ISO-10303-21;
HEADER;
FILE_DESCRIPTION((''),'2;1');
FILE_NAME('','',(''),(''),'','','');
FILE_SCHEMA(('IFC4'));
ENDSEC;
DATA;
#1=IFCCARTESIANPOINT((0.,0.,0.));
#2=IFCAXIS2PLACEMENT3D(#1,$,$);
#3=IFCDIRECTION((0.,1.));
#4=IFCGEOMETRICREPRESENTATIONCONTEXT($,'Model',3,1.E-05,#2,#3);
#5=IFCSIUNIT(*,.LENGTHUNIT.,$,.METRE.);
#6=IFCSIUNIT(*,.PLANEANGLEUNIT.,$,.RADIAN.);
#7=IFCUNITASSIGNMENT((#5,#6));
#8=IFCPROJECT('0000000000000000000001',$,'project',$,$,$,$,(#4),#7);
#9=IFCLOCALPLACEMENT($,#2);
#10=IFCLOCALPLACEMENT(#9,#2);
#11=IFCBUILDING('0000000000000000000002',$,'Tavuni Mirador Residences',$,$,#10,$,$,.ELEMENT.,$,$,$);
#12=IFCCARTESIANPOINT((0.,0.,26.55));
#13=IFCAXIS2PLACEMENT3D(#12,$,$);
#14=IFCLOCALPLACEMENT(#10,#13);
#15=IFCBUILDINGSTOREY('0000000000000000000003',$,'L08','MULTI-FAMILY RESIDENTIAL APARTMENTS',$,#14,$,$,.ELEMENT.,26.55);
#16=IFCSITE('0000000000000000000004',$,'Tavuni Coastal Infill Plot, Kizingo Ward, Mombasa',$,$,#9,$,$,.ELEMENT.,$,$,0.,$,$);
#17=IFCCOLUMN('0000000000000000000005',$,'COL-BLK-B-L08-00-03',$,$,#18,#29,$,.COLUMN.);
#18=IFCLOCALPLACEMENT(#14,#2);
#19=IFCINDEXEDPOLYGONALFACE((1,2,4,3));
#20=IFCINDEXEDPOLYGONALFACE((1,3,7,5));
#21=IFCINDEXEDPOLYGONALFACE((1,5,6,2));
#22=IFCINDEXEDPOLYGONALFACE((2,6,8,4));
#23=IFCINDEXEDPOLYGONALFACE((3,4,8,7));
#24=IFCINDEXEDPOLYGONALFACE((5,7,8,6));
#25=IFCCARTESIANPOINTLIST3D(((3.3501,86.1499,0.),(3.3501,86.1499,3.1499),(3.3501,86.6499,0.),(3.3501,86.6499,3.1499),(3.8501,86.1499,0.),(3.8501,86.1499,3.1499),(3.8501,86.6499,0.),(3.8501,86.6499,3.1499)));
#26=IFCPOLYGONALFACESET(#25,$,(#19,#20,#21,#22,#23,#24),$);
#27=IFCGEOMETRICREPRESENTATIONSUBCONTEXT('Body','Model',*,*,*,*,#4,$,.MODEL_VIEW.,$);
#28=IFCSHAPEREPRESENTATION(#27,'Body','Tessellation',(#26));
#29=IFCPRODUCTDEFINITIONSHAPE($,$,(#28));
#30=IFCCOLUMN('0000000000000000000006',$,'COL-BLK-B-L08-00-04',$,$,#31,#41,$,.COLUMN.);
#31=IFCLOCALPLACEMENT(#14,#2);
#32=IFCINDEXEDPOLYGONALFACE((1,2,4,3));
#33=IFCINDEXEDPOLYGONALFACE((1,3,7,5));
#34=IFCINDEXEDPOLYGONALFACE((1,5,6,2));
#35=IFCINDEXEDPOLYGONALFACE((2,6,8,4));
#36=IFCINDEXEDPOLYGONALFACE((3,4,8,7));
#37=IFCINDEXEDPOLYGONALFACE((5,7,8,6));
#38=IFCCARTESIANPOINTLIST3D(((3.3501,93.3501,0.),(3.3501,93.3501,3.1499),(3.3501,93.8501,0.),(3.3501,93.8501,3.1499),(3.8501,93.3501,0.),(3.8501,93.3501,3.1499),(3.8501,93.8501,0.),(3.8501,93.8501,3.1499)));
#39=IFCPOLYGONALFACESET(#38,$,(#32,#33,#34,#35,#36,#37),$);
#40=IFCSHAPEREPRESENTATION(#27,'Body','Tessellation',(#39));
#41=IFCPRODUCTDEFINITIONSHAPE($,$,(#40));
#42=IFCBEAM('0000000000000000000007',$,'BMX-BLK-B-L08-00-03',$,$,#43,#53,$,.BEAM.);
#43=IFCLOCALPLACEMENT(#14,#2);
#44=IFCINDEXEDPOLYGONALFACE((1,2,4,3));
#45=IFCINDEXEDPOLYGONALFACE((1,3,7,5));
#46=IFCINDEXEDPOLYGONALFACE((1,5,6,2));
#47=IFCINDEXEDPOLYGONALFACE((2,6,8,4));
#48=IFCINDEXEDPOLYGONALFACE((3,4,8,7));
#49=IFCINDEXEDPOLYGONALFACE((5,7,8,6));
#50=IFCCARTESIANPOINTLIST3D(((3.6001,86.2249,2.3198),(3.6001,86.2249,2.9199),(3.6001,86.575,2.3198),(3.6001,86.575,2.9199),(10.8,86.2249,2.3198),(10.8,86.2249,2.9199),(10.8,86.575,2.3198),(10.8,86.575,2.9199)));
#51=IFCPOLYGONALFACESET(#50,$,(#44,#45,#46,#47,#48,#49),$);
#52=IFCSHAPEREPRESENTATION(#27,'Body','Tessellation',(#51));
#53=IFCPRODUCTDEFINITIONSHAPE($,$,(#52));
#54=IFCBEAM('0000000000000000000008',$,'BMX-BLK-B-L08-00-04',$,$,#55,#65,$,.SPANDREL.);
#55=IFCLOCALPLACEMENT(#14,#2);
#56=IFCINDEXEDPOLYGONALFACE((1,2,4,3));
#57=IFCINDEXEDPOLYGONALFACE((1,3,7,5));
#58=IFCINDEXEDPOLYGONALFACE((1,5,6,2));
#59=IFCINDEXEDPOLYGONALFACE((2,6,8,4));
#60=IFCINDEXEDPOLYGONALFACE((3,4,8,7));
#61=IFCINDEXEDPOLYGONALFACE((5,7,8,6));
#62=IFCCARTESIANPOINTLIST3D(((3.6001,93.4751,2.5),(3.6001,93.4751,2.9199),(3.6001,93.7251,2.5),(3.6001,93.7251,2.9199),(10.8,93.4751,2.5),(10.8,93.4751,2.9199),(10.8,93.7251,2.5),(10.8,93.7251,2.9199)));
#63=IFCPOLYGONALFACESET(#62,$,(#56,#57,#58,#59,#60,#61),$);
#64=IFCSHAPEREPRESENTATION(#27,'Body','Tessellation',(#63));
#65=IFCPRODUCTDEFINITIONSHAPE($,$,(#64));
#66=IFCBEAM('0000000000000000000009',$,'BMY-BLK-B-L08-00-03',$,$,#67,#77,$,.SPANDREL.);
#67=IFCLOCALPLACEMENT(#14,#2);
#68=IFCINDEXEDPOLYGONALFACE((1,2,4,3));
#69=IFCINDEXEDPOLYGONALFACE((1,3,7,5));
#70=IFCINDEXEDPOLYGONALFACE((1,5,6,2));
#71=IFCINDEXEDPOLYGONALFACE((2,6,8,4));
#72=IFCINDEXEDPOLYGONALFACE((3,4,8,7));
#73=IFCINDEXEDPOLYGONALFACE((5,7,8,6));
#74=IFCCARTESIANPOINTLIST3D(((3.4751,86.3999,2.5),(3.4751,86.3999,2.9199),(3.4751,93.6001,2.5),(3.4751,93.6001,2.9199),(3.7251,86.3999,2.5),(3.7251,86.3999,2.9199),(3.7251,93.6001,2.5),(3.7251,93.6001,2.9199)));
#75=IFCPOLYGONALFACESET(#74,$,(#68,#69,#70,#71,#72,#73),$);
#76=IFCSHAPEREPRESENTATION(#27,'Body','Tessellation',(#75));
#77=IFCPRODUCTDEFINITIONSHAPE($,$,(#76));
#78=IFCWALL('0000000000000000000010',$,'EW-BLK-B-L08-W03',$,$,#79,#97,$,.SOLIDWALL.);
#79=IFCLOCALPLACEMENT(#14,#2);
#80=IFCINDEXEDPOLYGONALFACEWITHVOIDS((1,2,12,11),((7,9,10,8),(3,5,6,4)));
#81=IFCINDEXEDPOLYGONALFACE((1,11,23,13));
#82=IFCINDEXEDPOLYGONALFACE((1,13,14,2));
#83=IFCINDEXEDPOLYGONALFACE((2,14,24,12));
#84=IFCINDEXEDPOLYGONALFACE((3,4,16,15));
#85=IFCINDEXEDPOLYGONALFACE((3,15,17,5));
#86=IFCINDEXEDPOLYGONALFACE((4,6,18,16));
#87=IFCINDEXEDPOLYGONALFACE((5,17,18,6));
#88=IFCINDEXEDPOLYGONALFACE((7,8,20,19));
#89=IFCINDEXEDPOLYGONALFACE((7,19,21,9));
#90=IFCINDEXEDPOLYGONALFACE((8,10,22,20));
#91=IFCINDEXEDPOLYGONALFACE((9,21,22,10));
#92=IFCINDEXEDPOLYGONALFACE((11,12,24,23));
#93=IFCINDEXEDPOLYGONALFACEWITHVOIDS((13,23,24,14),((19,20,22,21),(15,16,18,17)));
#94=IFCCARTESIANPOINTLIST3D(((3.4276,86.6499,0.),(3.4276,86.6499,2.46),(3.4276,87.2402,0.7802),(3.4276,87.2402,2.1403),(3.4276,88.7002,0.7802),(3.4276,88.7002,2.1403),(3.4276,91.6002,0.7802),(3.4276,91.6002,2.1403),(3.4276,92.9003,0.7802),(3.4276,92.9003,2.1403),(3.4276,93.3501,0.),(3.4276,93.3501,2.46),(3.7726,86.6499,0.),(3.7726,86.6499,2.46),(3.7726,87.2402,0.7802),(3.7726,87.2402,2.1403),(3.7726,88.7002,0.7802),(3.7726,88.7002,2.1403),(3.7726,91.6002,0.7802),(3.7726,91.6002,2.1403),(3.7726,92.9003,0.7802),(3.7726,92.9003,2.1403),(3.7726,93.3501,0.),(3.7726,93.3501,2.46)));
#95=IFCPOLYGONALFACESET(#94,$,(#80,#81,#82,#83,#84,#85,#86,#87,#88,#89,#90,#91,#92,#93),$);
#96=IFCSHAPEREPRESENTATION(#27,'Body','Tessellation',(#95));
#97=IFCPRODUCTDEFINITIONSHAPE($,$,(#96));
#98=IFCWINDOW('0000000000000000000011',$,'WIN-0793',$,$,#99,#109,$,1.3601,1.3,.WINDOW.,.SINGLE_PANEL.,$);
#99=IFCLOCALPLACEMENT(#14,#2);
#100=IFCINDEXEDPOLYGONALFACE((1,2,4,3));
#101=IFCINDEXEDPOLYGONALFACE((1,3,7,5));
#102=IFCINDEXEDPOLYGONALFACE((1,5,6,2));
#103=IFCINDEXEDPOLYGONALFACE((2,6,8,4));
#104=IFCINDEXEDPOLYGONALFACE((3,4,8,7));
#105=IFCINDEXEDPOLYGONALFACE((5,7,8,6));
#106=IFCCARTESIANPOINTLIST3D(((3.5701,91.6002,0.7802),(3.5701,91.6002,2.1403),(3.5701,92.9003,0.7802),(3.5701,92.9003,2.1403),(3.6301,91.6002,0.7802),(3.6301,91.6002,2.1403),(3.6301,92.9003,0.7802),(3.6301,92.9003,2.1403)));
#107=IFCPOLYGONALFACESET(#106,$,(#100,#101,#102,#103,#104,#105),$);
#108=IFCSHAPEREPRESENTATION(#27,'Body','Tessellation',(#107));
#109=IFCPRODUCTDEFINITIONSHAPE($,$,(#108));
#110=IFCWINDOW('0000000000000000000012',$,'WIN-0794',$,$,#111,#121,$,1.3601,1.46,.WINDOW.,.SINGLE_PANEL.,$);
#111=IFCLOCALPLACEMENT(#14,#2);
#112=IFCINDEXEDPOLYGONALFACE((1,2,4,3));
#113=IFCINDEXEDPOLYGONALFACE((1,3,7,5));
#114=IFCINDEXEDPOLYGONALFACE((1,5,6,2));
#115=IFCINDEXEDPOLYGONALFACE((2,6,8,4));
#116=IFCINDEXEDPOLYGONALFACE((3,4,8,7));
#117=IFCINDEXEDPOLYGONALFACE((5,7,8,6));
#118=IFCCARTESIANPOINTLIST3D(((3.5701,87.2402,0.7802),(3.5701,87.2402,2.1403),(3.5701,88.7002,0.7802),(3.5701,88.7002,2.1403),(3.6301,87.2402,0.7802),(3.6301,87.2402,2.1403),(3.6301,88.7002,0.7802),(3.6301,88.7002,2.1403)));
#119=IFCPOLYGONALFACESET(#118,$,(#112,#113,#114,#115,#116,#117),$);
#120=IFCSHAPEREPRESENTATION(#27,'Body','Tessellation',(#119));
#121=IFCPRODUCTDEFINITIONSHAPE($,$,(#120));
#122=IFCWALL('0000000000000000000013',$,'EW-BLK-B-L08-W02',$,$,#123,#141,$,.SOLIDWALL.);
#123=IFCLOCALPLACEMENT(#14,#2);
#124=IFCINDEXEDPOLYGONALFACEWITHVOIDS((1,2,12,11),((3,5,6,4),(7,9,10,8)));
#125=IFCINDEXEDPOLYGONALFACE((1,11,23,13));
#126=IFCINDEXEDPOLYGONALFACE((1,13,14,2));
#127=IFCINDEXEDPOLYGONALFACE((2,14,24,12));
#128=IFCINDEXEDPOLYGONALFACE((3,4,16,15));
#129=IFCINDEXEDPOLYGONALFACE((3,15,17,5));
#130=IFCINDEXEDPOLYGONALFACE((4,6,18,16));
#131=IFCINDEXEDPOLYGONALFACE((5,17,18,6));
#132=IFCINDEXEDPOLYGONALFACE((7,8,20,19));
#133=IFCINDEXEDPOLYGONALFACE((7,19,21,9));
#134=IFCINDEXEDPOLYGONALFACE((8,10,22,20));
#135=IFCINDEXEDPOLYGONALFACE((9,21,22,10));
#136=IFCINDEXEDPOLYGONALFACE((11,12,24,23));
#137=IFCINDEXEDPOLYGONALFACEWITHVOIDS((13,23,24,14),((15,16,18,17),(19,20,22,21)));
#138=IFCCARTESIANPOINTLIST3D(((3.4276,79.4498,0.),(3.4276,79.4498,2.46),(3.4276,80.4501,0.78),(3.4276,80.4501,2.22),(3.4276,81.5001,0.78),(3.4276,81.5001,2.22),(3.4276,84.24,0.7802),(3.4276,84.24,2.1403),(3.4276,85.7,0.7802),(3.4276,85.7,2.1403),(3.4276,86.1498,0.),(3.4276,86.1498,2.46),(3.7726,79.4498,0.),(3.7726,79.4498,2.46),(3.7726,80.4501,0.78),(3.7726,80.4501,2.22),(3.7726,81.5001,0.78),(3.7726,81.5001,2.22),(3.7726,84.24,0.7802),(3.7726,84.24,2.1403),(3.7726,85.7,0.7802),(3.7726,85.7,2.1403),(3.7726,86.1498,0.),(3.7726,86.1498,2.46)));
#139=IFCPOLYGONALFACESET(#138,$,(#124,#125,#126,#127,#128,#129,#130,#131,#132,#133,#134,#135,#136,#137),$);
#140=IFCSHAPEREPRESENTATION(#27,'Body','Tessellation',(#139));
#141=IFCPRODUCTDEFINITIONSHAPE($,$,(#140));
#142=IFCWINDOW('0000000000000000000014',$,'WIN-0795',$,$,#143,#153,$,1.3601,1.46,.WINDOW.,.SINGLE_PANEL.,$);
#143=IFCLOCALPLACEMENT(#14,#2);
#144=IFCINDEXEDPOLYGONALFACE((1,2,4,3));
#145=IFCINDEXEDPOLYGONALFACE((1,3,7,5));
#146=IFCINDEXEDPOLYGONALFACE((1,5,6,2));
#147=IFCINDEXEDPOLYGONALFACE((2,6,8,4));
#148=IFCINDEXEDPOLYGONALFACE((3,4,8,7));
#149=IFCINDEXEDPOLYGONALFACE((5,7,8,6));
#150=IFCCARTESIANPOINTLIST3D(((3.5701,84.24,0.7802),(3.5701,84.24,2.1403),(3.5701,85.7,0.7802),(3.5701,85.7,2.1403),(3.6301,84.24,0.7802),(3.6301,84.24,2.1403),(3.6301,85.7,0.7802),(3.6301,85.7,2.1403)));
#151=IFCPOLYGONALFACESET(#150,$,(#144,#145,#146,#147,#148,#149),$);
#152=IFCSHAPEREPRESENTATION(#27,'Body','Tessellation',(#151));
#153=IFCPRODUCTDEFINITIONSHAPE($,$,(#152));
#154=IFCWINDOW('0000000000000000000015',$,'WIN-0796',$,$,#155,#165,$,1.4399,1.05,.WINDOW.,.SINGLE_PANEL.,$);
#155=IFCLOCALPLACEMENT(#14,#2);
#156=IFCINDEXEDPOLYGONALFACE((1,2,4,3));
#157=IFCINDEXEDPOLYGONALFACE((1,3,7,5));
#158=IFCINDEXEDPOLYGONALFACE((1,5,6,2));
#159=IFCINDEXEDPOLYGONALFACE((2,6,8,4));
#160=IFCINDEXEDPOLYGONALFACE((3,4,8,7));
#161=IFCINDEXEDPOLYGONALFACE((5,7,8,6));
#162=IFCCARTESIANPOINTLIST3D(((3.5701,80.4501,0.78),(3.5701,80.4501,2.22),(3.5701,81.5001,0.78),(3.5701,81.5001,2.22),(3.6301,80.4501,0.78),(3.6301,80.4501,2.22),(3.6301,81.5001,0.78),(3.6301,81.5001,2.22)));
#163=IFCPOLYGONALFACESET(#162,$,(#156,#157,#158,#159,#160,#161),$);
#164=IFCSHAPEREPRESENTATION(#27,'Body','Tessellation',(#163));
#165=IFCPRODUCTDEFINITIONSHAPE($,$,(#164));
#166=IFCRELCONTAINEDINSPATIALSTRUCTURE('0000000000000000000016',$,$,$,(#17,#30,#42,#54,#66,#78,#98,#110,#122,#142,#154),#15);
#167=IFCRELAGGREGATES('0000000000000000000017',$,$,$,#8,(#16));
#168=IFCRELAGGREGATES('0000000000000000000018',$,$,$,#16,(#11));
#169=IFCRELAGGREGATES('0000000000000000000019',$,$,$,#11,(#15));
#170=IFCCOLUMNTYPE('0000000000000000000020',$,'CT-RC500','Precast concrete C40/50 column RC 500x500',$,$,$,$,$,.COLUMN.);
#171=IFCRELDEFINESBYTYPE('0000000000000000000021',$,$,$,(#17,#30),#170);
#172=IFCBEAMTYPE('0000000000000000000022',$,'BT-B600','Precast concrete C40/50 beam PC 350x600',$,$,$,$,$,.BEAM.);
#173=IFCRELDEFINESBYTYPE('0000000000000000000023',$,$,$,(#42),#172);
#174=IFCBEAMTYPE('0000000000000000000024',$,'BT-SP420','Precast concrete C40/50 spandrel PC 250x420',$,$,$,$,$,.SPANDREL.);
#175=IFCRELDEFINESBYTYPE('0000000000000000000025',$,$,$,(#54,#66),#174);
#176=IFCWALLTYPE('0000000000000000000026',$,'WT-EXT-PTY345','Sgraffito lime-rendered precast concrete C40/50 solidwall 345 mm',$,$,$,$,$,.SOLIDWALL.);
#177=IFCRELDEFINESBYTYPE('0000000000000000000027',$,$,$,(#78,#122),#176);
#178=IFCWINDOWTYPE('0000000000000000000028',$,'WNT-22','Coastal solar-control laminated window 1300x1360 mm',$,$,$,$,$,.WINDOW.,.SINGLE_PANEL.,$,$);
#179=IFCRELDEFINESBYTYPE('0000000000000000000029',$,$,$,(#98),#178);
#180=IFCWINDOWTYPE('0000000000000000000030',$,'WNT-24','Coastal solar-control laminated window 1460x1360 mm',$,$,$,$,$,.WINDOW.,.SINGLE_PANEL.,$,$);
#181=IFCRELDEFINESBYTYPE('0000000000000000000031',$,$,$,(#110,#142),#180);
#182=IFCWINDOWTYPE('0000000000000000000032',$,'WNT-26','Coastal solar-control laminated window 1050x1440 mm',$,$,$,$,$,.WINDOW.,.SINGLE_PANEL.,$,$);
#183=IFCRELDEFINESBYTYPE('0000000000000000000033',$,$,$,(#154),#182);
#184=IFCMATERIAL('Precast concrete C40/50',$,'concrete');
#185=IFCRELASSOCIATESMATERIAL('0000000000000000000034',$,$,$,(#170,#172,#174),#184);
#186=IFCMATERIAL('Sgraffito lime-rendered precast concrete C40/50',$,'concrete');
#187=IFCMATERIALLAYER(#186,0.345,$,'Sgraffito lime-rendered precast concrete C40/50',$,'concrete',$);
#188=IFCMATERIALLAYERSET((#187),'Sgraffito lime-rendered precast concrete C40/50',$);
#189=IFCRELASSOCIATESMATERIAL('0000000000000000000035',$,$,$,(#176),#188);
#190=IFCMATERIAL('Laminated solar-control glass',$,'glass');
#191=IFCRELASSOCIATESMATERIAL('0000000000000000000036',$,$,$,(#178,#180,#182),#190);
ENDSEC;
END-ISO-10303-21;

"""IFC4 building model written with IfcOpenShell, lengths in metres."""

from ifc_helpers import new_model, si_unit, direction, frame, frame_2d, origin, origin_2d, place, context, subcontext, project, spatial, rectangle, extrude, material, layer, layer_set, material_profile, profile_set, type_object, element, fill, save


model = new_model("IFC4")

# Units and contexts
model_context = context("Model", 3, precision=1e-05, world=origin(), true_north=direction((0.0, 1.0)))
body_context = subcontext(model_context, "Body", "Model", "MODEL_VIEW")
ifc_project = project(units=[si_unit("LENGTHUNIT", "METRE"), si_unit("PLANEANGLEUNIT", "RADIAN")], contexts=[model_context])

# Site, building, storey
site_placement = place(None, origin())
site = spatial("IfcSite", under=ifc_project, at=site_placement, Name="Tavuni Coastal Infill Plot, Kizingo Ward, Mombasa", CompositionType="ELEMENT", RefElevation=0.0)
building_placement = place(site_placement, origin())
building = spatial("IfcBuilding", under=site, at=building_placement, Name="Tavuni Mirador Residences", CompositionType="ELEMENT")
storey_placement = place(building_placement, frame((0.0, 0.0, 26.55)))
storey = spatial("IfcBuildingStorey", under=building, at=storey_placement, Name="L08", Description="MULTI-FAMILY RESIDENTIAL APARTMENTS", CompositionType="ELEMENT", Elevation=26.55)

# Columns
ifc_material_1 = material(Name="Precast concrete C40/50", Category="concrete")
ifc_material_profile_1 = material_profile(ifc_material_1, rectangle(XDim=0.5, YDim=0.5, at=origin_2d()), Name="RC 500x500", Category="concrete")
ifc_profile_set_1 = profile_set([ifc_material_profile_1], Name="Precast concrete C40/50")
column_type = type_object("IfcColumnType", Name="CT-RC500", Description="Precast concrete C40/50 column RC 500x500", PredefinedType="COLUMN", material=ifc_profile_set_1)
for number, where, z_axis, x_axis, name in (
    (1, (3.6001, 86.3999, 0.0), (0.0, 0.0, 1.0), (1.0, 0.0, 0.0), "COL-BLK-B-L08-00-03"),
    (2, (3.6001, 93.6001, 0.0), (0.0, 0.0, 1.0), (1.0, 0.0, 0.0), "COL-BLK-B-L08-00-04"),
):
    element("IfcColumn", number, at=place(storey_placement, frame(where, z_axis=z_axis, x_axis=x_axis)), inside=storey, type_object=column_type, Name=name, PredefinedType="COLUMN", context=body_context, shape_type="SweptSolid", body=[
        extrude(rectangle(XDim=0.5, YDim=0.5, at=origin_2d()), origin(), (0.0, 0.0, 1.0), 3.1499),
    ])

# Beams
ifc_material_profile_2 = material_profile(ifc_material_1, rectangle(XDim=0.3501, YDim=0.6001, at=origin_2d()), Name="PC 350x600", Category="concrete")
ifc_profile_set_2 = profile_set([ifc_material_profile_2], Name="Precast concrete C40/50")
beam_type_1 = type_object("IfcBeamType", Name="BT-B600", Description="Precast concrete C40/50 beam PC 350x600", PredefinedType="BEAM", material=ifc_profile_set_2)
beam_1_placement = place(storey_placement, frame((3.6001, 86.3999, 2.6199), z_axis=(1.0, 0.0, 0.0), x_axis=(0.0, 1.0, 0.0)))
element("IfcBeam", 3, at=beam_1_placement, inside=storey, type_object=beam_type_1, Name="BMX-BLK-B-L08-00-03", PredefinedType="BEAM", context=body_context, shape_type="SweptSolid", body=[
    extrude(rectangle(XDim=0.3501, YDim=0.6001, at=origin_2d()), origin(), (0.0, 0.0, 1.0), 7.2),
])
ifc_material_profile_3 = material_profile(ifc_material_1, rectangle(XDim=0.25, YDim=0.4199, at=origin_2d()), Name="PC 250x420", Category="concrete")
ifc_profile_set_3 = profile_set([ifc_material_profile_3], Name="Precast concrete C40/50")
beam_type_2 = type_object("IfcBeamType", Name="BT-SP420", Description="Precast concrete C40/50 spandrel PC 250x420", PredefinedType="SPANDREL", material=ifc_profile_set_3)
beam_2_placement = place(storey_placement, frame((3.6001, 93.6001, 2.71), z_axis=(1.0, 0.0, 0.0), x_axis=(0.0, 1.0, 0.0)))
element("IfcBeam", 4, at=beam_2_placement, inside=storey, type_object=beam_type_2, Name="BMX-BLK-B-L08-00-04", PredefinedType="SPANDREL", context=body_context, shape_type="SweptSolid", body=[
    extrude(rectangle(XDim=0.25, YDim=0.4199, at=origin_2d()), origin(), (0.0, 0.0, 1.0), 7.2),
])
beam_3_placement = place(storey_placement, frame((3.6001, 86.3999, 2.71), z_axis=(0.0, 1.0, 0.0), x_axis=(-1.0, 0.0, 0.0)))
element("IfcBeam", 5, at=beam_3_placement, inside=storey, type_object=beam_type_2, Name="BMY-BLK-B-L08-00-03", PredefinedType="SPANDREL", context=body_context, shape_type="SweptSolid", body=[
    extrude(rectangle(XDim=0.25, YDim=0.4199, at=origin_2d()), origin(), (0.0, 0.0, 1.0), 7.2002),
])

# Walls, openings, windows
ifc_material_2 = material(Name="Sgraffito lime-rendered precast concrete C40/50", Category="concrete")
ifc_layer_1 = layer(ifc_material_2, 0.345, Name="Sgraffito lime-rendered precast concrete C40/50", Category="concrete")
ifc_layer_set_1 = layer_set([ifc_layer_1], Name="Sgraffito lime-rendered precast concrete C40/50")
wall_type_1 = type_object("IfcWallType", Name="WT-EXT-PTY345", Description="Sgraffito lime-rendered precast concrete C40/50 solidwall 345 mm", PredefinedType="SOLIDWALL", material=ifc_layer_set_1)
wall_1_placement = place(storey_placement, frame((3.6001, 93.3501, 0.0), z_axis=(0.0, 0.0, 1.0), x_axis=(0.0, -1.0, 0.0)))
wall_1 = element("IfcWall", 6, at=wall_1_placement, inside=storey, type_object=wall_type_1, Name="EW-BLK-B-L08-W03", PredefinedType="SOLIDWALL", context=body_context, shape_type="SweptSolid", body=[
    extrude(rectangle(XDim=6.7002, YDim=0.345, at=frame_2d((3.3501, 0.0))), origin(), (0.0, 0.0, 1.0), 2.46),
])
opening_1_placement = place(wall_1_placement, frame((0.45, 0.0, 0.78)))
opening_1 = element("IfcOpeningElement", 7, at=opening_1_placement, cuts=wall_1, PredefinedType="OPENING", context=body_context, shape_type="SweptSolid", body=[
    extrude(rectangle(XDim=1.3, YDim=1.3601, at=frame_2d((0.6499, 0.6802))), frame((0.0, 0.1826, 0.0), z_axis=(0.0, -1.0, 0.0), x_axis=(1.0, 0.0, 0.0)), (0.0, 0.0, 1.0), 0.365),
])
opening_2_placement = place(wall_1_placement, frame((4.6499, 0.0, 0.78)))
opening_2 = element("IfcOpeningElement", 8, at=opening_2_placement, cuts=wall_1, PredefinedType="OPENING", context=body_context, shape_type="SweptSolid", body=[
    extrude(rectangle(XDim=1.46, YDim=1.3601, at=frame_2d((0.73, 0.6802))), frame((0.0, 0.1826, 0.0), z_axis=(0.0, -1.0, 0.0), x_axis=(1.0, 0.0, 0.0)), (0.0, 0.0, 1.0), 0.365),
])
ifc_material_3 = material(Name="Laminated solar-control glass", Category="glass")
window_type_1 = type_object("IfcWindowType", Name="WNT-22", Description="Coastal solar-control laminated window 1300x1360 mm", PartitioningType="SINGLE_PANEL", PredefinedType="WINDOW", material=ifc_material_3)
window_1_placement = place(opening_1_placement, origin())
window_1 = element("IfcWindow", 9, at=window_1_placement, inside=storey, type_object=window_type_1, Name="WIN-0793", OverallHeight=1.3601, OverallWidth=1.3, PartitioningType="SINGLE_PANEL", PredefinedType="WINDOW", context=body_context, shape_type="SweptSolid", body=[
    extrude(rectangle(XDim=1.3, YDim=1.3601, at=frame_2d((0.6499, 0.6802))), frame((0.0, 0.03, 0.0), z_axis=(0.0, -1.0, 0.0), x_axis=(1.0, 0.0, 0.0)), (0.0, 0.0, 1.0), 0.0601),
])
fill(opening_1, window_1)
window_type_2 = type_object("IfcWindowType", Name="WNT-24", Description="Coastal solar-control laminated window 1460x1360 mm", PartitioningType="SINGLE_PANEL", PredefinedType="WINDOW", material=ifc_material_3)
window_2_placement = place(opening_2_placement, origin())
window_2 = element("IfcWindow", 10, at=window_2_placement, inside=storey, type_object=window_type_2, Name="WIN-0794", OverallHeight=1.3601, OverallWidth=1.46, PartitioningType="SINGLE_PANEL", PredefinedType="WINDOW", context=body_context, shape_type="SweptSolid", body=[
    extrude(rectangle(XDim=1.46, YDim=1.3601, at=frame_2d((0.73, 0.6802))), frame((0.0, 0.03, 0.0), z_axis=(0.0, -1.0, 0.0), x_axis=(1.0, 0.0, 0.0)), (0.0, 0.0, 1.0), 0.0601),
])
fill(opening_2, window_2)
wall_2_placement = place(storey_placement, frame((3.6001, 86.1499, 0.0), z_axis=(0.0, 0.0, 1.0), x_axis=(0.0, -1.0, 0.0)))
wall_2 = element("IfcWall", 11, at=wall_2_placement, inside=storey, type_object=wall_type_1, Name="EW-BLK-B-L08-W02", PredefinedType="SOLIDWALL", context=body_context, shape_type="SweptSolid", body=[
    extrude(rectangle(XDim=6.7, YDim=0.345, at=frame_2d((3.3501, 0.0))), origin(), (0.0, 0.0, 1.0), 2.46),
])
opening_3_placement = place(wall_2_placement, frame((0.45, 0.0, 0.78)))
opening_3 = element("IfcOpeningElement", 12, at=opening_3_placement, cuts=wall_2, PredefinedType="OPENING", context=body_context, shape_type="SweptSolid", body=[
    extrude(rectangle(XDim=1.46, YDim=1.3601, at=frame_2d((0.73, 0.6802))), frame((0.0, 0.1826, 0.0), z_axis=(0.0, -1.0, 0.0), x_axis=(1.0, 0.0, 0.0)), (0.0, 0.0, 1.0), 0.365),
])
opening_4_placement = place(wall_2_placement, frame((4.6499, 0.0, 0.78)))
opening_4 = element("IfcOpeningElement", 13, at=opening_4_placement, cuts=wall_2, PredefinedType="OPENING", context=body_context, shape_type="SweptSolid", body=[
    extrude(rectangle(XDim=1.05, YDim=1.4399, at=frame_2d((0.5249, 0.72))), frame((0.0, 0.1826, 0.0), z_axis=(0.0, -1.0, 0.0), x_axis=(1.0, 0.0, 0.0)), (0.0, 0.0, 1.0), 0.365),
])
window_3_placement = place(opening_3_placement, origin())
window_3 = element("IfcWindow", 14, at=window_3_placement, inside=storey, type_object=window_type_2, Name="WIN-0795", OverallHeight=1.3601, OverallWidth=1.46, PartitioningType="SINGLE_PANEL", PredefinedType="WINDOW", context=body_context, shape_type="SweptSolid", body=[
    extrude(rectangle(XDim=1.46, YDim=1.3601, at=frame_2d((0.73, 0.6802))), frame((0.0, 0.03, 0.0), z_axis=(0.0, -1.0, 0.0), x_axis=(1.0, 0.0, 0.0)), (0.0, 0.0, 1.0), 0.0601),
])
fill(opening_3, window_3)
window_type_3 = type_object("IfcWindowType", Name="WNT-26", Description="Coastal solar-control laminated window 1050x1440 mm", PartitioningType="SINGLE_PANEL", PredefinedType="WINDOW", material=ifc_material_3)
window_4_placement = place(opening_4_placement, origin())
window_4 = element("IfcWindow", 15, at=window_4_placement, inside=storey, type_object=window_type_3, Name="WIN-0796", OverallHeight=1.4399, OverallWidth=1.05, PartitioningType="SINGLE_PANEL", PredefinedType="WINDOW", context=body_context, shape_type="SweptSolid", body=[
    extrude(rectangle(XDim=1.05, YDim=1.4399, at=frame_2d((0.5249, 0.72))), frame((0.0, 0.03, 0.0), z_axis=(0.0, -1.0, 0.0), x_axis=(1.0, 0.0, 0.0)), (0.0, 0.0, 1.0), 0.0601),
])
fill(opening_4, window_4)

save(model, "model.ifc")
